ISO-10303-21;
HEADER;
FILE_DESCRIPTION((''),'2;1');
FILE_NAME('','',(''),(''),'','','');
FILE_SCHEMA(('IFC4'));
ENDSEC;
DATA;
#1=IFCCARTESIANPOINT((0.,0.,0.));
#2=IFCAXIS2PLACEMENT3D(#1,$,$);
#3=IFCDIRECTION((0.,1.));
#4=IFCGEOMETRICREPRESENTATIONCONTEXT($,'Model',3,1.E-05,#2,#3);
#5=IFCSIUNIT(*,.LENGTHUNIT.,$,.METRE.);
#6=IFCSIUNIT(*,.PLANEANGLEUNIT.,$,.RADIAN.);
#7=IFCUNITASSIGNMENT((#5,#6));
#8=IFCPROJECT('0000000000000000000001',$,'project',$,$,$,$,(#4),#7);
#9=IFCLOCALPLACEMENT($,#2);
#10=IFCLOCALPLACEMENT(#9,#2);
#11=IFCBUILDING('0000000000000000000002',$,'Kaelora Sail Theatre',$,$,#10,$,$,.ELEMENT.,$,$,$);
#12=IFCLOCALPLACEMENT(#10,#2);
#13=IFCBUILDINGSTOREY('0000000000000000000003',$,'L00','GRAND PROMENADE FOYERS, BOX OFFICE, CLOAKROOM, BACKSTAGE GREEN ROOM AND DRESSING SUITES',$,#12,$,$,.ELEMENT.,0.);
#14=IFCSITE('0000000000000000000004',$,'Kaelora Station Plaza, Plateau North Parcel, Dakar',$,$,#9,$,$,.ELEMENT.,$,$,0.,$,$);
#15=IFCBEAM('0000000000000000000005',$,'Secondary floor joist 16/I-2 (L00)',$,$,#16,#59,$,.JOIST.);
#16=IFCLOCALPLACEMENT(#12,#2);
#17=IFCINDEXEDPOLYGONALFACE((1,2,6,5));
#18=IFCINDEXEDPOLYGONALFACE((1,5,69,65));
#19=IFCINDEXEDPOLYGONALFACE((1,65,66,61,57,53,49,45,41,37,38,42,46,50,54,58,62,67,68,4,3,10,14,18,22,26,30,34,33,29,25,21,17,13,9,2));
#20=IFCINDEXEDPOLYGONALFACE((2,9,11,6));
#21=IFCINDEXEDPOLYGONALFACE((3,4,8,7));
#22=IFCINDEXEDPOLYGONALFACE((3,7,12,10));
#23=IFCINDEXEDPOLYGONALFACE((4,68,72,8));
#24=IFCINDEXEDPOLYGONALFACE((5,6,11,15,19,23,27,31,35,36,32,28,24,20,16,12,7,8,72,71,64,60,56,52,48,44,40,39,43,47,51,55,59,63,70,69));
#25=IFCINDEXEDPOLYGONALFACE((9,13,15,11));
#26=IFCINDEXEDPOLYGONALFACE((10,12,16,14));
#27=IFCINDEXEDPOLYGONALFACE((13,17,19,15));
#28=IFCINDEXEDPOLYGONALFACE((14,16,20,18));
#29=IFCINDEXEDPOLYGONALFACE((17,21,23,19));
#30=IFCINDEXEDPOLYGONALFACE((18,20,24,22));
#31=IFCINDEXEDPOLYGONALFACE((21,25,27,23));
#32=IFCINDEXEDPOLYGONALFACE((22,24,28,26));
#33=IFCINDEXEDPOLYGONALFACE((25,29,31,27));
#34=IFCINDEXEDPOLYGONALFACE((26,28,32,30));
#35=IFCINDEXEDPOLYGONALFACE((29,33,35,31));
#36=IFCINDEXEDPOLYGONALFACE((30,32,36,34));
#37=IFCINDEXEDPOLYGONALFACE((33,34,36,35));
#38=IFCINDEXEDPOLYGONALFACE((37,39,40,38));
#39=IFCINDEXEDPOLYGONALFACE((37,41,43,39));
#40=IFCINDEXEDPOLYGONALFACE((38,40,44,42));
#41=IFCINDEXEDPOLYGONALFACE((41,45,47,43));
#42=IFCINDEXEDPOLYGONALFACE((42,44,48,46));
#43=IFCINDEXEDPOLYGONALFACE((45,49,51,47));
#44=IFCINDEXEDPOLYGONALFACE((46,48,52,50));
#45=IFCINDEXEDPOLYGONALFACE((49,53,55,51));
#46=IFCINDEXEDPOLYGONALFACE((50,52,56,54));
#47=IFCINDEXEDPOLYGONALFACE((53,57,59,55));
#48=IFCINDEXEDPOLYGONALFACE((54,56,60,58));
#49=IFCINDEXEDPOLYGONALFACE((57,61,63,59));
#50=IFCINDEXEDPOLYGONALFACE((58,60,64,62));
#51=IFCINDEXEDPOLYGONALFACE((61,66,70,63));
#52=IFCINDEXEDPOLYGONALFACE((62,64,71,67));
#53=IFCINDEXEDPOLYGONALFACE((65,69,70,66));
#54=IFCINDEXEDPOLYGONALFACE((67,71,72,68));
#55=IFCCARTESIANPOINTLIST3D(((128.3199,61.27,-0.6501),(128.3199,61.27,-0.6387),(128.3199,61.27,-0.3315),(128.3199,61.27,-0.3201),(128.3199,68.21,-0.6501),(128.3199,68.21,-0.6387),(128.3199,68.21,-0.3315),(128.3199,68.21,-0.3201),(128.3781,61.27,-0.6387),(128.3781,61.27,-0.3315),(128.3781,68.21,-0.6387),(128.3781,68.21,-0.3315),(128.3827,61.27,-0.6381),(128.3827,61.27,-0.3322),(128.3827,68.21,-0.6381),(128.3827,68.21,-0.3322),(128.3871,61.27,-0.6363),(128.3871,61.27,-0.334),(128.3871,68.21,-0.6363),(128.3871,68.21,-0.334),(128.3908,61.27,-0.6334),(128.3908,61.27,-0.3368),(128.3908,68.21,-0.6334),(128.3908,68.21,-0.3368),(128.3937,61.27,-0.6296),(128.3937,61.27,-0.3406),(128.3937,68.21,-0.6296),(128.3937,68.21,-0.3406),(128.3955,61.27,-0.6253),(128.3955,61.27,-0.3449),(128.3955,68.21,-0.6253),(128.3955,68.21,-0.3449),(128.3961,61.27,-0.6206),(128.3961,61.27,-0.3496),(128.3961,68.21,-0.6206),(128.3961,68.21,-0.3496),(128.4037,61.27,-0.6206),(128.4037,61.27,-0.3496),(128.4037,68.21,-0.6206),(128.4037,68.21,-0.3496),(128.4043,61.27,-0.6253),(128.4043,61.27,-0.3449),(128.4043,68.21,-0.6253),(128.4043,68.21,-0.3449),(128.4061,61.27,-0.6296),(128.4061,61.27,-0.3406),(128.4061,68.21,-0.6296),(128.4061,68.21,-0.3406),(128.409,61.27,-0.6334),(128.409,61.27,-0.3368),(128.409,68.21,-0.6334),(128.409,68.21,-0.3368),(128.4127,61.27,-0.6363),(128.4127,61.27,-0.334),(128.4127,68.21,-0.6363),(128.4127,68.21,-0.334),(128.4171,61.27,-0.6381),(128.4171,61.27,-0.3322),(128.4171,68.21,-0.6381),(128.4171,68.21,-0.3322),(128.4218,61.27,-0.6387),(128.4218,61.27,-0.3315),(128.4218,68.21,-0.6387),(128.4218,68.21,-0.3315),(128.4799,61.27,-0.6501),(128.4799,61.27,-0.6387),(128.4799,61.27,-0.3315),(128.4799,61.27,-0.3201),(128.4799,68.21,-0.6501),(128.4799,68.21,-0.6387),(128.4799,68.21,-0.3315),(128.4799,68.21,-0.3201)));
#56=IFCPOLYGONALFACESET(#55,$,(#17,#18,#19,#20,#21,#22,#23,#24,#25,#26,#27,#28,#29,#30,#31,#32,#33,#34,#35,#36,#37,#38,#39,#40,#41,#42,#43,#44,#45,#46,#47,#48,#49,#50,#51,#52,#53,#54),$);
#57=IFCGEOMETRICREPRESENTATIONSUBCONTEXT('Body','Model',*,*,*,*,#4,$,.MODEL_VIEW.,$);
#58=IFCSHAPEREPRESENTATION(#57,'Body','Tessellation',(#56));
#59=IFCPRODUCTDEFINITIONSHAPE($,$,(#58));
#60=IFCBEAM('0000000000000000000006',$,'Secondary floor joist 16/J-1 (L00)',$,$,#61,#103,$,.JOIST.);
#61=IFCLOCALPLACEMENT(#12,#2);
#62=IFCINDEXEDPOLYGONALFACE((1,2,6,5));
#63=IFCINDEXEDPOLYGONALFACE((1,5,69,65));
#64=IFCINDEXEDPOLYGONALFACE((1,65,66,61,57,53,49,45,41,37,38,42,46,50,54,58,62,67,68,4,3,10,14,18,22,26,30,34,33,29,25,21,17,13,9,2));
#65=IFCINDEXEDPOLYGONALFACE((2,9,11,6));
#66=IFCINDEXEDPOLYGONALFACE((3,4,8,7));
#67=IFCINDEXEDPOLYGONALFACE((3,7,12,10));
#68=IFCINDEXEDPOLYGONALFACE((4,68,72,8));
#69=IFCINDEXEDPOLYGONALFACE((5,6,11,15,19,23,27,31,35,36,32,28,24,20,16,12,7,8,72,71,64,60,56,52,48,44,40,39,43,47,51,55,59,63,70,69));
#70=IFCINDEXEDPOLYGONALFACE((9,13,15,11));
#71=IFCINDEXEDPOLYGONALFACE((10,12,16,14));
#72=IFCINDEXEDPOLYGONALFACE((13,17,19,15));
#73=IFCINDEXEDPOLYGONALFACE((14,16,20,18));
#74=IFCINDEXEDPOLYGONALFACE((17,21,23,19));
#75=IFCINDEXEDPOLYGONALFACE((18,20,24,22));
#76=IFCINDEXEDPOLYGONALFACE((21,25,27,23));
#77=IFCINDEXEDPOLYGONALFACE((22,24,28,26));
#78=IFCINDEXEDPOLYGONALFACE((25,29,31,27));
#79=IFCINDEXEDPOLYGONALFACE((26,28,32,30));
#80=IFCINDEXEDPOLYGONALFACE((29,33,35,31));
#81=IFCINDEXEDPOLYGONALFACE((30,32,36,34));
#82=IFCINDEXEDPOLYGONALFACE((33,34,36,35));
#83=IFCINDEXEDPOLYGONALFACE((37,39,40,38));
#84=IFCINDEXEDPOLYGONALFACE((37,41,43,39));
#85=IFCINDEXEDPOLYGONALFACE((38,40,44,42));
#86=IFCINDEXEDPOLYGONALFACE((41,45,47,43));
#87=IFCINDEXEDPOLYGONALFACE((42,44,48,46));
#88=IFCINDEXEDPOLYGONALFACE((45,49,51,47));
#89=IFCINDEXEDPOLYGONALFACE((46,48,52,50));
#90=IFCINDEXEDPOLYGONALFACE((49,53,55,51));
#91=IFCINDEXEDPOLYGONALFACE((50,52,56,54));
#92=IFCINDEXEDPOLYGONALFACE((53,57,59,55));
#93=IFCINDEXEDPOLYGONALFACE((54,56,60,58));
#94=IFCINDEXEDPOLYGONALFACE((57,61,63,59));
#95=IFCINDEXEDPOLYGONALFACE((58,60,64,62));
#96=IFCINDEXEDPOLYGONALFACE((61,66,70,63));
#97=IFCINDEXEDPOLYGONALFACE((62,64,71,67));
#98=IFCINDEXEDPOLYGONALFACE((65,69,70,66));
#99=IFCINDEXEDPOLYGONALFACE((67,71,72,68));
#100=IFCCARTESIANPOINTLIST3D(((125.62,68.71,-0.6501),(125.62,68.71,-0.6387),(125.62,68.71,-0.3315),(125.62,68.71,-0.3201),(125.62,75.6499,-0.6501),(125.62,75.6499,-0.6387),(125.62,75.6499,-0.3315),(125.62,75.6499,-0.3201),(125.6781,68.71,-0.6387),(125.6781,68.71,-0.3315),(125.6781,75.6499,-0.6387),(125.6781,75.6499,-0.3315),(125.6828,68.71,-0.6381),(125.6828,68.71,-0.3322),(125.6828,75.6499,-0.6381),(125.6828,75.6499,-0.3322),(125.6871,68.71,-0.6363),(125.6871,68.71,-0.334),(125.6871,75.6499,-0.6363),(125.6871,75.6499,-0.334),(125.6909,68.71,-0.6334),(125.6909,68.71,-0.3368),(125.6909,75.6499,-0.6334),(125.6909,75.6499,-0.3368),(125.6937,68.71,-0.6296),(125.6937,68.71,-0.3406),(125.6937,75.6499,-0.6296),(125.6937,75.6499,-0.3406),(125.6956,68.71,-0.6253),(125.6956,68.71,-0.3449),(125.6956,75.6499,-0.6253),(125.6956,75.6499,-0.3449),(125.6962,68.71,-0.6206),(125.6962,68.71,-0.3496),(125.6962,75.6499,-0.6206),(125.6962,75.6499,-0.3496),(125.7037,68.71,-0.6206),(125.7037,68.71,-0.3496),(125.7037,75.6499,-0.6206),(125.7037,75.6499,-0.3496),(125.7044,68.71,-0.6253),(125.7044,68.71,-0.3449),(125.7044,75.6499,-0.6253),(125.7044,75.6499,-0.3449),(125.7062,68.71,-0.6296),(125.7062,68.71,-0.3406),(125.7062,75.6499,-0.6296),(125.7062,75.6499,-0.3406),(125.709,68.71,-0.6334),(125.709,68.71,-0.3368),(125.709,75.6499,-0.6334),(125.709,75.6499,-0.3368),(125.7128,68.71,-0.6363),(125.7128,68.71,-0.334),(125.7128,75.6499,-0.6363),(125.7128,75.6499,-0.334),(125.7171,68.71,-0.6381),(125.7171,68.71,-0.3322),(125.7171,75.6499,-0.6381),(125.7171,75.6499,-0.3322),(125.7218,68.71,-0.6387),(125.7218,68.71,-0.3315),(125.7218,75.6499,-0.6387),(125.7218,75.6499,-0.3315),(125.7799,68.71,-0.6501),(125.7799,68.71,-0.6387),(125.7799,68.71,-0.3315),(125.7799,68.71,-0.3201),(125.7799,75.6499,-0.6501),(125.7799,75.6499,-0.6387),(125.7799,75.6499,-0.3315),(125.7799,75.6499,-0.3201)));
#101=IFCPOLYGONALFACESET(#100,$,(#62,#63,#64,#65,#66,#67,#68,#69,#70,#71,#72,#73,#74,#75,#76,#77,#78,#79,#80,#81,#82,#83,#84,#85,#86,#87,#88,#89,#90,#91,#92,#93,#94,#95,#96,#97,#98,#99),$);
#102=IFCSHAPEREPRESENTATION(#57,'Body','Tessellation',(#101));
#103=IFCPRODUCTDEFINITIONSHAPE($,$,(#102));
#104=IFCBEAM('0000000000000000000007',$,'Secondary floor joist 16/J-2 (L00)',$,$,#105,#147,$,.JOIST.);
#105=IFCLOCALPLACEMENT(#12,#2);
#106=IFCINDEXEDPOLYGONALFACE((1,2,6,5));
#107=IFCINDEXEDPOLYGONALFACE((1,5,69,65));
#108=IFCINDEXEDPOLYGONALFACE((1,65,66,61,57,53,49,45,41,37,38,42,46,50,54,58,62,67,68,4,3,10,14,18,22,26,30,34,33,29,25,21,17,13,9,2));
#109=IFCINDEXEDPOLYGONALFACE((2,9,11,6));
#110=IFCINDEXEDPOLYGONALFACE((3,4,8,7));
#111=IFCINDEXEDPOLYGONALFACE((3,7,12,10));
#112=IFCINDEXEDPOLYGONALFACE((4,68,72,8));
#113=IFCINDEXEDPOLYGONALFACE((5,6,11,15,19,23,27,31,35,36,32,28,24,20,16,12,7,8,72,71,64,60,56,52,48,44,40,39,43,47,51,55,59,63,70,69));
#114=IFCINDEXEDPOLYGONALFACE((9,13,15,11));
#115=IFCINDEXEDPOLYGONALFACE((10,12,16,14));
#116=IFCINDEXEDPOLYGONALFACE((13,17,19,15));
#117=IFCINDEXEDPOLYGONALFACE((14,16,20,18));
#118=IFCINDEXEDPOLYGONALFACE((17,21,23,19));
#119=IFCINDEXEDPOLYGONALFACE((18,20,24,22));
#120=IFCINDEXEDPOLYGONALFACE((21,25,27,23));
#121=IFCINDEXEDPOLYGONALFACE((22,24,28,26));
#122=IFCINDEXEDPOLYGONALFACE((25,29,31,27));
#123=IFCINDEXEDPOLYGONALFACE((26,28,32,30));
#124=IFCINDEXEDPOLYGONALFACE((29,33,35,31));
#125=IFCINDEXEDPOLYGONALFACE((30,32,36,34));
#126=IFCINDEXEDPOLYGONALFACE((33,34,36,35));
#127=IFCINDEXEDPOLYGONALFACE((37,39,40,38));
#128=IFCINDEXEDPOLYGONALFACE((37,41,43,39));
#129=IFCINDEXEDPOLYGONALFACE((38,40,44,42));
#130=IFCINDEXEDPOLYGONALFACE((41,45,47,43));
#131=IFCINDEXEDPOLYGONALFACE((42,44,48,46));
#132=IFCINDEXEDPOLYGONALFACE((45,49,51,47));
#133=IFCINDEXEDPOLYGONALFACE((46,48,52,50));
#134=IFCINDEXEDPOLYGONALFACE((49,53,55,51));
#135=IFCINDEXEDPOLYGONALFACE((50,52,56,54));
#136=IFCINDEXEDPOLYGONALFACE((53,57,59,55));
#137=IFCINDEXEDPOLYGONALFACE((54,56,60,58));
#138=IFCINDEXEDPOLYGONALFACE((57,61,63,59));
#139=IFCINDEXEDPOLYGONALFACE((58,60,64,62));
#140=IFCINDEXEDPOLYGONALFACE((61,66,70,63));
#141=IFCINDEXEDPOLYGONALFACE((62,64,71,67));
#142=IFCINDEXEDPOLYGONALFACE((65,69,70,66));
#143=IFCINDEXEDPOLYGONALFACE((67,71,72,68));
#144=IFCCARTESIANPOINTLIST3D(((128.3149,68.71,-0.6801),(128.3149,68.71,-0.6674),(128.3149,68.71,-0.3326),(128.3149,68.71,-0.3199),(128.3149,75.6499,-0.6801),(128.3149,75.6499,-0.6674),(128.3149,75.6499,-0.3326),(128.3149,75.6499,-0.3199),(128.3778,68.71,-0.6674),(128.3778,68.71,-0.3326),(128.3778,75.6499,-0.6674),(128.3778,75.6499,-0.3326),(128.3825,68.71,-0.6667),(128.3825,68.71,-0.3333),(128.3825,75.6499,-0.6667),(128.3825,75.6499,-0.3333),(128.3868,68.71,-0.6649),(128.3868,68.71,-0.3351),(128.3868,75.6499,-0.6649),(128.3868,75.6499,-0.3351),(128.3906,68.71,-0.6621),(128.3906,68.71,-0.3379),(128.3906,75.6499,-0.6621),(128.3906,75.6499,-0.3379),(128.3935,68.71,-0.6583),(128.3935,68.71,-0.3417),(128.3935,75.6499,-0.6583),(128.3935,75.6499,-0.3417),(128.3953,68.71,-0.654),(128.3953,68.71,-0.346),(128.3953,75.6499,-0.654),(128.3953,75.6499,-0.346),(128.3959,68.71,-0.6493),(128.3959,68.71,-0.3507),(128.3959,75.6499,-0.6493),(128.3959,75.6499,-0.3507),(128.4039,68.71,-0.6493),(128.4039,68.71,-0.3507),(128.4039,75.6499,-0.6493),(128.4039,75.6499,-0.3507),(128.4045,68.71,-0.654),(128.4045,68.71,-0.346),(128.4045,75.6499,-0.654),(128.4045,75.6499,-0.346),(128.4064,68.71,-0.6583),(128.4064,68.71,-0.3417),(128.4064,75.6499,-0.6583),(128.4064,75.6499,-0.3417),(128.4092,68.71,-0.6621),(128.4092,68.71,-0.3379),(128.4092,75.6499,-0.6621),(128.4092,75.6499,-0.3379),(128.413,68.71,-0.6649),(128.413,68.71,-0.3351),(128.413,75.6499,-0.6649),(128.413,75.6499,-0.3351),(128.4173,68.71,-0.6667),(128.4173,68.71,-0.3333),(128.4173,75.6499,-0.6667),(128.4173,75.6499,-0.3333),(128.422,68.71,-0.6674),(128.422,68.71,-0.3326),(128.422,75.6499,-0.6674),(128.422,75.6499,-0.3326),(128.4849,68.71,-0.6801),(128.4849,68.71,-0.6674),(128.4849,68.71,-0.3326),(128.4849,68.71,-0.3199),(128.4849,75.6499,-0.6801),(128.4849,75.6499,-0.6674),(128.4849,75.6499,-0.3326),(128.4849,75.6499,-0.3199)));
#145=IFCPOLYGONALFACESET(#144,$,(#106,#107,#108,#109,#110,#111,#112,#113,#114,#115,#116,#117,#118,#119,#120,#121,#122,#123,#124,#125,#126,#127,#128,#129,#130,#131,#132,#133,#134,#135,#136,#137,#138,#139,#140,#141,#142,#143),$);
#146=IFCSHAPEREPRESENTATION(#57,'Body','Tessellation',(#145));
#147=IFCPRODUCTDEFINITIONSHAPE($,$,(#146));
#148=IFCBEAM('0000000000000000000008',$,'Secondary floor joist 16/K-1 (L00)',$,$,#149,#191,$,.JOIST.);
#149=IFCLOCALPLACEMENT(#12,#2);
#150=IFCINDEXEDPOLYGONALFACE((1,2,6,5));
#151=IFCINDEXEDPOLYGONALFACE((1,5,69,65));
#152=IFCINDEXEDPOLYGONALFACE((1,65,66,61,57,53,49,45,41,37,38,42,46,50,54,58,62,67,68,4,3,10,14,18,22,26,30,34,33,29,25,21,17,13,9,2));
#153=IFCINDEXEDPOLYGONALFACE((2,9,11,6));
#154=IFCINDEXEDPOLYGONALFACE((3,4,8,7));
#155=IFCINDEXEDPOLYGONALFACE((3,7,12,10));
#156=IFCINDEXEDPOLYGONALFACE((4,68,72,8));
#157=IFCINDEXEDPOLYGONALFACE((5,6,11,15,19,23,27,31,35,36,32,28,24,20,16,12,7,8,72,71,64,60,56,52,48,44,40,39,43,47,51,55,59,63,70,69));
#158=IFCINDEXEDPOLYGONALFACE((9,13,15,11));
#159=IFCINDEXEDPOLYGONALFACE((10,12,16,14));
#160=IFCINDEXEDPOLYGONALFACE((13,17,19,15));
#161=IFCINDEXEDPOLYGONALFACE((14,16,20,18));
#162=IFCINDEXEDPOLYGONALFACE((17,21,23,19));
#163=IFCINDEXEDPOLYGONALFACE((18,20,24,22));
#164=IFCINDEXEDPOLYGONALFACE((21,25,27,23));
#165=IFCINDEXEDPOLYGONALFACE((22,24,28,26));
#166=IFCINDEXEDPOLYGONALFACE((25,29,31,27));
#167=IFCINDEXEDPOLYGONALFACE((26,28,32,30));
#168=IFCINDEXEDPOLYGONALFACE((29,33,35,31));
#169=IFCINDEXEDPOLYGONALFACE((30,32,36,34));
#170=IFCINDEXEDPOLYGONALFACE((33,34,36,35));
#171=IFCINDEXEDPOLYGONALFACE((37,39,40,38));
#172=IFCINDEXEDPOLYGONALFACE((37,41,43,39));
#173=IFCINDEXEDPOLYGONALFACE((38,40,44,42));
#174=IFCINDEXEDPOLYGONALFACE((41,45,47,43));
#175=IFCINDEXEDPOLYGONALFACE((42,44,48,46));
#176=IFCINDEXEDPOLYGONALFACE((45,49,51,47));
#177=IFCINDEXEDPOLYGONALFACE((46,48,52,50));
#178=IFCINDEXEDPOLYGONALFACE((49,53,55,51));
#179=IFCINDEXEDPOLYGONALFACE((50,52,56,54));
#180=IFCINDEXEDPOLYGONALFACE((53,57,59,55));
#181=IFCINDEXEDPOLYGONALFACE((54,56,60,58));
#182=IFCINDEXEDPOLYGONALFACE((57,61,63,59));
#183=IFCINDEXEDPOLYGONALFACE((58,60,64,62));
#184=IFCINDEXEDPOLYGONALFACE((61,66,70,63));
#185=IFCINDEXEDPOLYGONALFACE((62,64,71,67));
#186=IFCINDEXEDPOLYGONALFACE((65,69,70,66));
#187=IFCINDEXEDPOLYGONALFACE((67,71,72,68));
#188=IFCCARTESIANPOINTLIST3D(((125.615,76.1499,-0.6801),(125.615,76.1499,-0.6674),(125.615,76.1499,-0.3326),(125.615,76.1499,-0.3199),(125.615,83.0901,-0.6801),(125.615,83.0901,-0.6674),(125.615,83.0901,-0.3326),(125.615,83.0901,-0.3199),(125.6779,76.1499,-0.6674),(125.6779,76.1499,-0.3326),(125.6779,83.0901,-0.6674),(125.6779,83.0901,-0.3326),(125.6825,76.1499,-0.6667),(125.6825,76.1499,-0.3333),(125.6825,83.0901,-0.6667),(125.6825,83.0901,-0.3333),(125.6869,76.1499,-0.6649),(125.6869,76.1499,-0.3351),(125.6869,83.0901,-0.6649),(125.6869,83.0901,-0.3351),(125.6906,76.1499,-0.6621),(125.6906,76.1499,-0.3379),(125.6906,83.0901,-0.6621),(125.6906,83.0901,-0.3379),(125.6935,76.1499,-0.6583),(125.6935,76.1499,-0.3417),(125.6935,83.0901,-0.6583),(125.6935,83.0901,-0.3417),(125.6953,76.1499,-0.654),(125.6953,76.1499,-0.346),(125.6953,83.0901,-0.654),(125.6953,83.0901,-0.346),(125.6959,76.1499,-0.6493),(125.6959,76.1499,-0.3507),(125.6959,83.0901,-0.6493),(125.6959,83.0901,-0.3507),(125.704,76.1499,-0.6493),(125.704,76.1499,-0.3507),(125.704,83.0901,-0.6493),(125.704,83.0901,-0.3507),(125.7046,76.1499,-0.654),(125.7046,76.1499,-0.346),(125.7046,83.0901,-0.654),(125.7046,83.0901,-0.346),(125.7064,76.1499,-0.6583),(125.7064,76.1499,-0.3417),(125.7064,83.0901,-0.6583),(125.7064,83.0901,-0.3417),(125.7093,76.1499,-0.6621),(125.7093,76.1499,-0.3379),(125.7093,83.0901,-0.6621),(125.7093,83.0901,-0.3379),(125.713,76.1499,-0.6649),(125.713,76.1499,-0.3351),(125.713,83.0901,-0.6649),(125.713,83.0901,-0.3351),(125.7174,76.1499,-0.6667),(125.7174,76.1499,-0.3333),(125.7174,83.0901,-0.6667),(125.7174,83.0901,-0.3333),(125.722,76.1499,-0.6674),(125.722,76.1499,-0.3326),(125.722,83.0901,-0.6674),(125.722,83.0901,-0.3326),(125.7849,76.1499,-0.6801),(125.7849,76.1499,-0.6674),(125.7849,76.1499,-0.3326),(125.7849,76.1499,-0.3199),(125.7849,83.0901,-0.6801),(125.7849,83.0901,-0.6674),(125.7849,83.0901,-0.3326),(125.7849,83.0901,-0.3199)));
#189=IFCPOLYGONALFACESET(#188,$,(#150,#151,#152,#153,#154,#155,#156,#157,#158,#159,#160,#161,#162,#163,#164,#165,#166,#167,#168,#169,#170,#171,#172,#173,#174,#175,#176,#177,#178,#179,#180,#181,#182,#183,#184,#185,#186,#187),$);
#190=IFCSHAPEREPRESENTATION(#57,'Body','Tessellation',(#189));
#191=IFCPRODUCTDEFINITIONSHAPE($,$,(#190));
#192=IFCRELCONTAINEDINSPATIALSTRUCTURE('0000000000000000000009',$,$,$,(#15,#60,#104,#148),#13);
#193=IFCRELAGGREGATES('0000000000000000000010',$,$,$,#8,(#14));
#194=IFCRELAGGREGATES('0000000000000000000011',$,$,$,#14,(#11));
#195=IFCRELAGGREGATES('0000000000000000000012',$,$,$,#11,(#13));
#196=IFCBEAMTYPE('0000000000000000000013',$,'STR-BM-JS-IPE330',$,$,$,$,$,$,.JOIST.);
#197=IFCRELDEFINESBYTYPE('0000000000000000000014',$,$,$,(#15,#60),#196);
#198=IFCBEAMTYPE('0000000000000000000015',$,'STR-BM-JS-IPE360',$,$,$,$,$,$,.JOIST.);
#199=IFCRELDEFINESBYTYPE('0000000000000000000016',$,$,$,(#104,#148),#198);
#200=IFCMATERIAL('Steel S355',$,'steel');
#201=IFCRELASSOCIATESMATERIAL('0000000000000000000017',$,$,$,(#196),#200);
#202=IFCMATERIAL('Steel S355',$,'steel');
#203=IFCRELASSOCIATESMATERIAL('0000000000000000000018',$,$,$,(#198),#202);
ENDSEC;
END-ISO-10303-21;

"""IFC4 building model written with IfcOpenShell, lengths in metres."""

from ifc_helpers import new_model, si_unit, direction, frame, origin, origin_2d, place, context, subcontext, project, spatial, i_section, extrude, material, material_profile, profile_set, type_object, element, save


model = new_model("IFC4")

# Units and contexts
model_context = context("Model", 3, precision=1e-05, world=origin(), true_north=direction((0.0, 1.0)))
body_context = subcontext(model_context, "Body", "Model", "MODEL_VIEW")
ifc_project = project(units=[si_unit("LENGTHUNIT", "METRE"), si_unit("PLANEANGLEUNIT", "RADIAN")], contexts=[model_context])

# Site, building, storey
site_placement = place(None, origin())
site = spatial("IfcSite", under=ifc_project, at=site_placement, Name="Kaelora Station Plaza, Plateau North Parcel, Dakar", CompositionType="ELEMENT", RefElevation=0.0)
building_placement = place(site_placement, origin())
building = spatial("IfcBuilding", under=site, at=building_placement, Name="Kaelora Sail Theatre", CompositionType="ELEMENT")
storey_placement = place(building_placement, origin())
storey = spatial("IfcBuildingStorey", under=building, at=storey_placement, Name="L00", Description="GRAND PROMENADE FOYERS, BOX OFFICE, CLOAKROOM, BACKSTAGE GREEN ROOM AND DRESSING SUITES", CompositionType="ELEMENT", Elevation=0.0)

# Beams
ifc_material_1 = material(Name="Steel S355", Category="steel")
ifc_material_profile_1 = material_profile(ifc_material_1, i_section(OverallWidth=0.1599, OverallDepth=0.3301, WebThickness=0.0076, FlangeThickness=0.0115, FilletRadius=0.0181, at=origin_2d()), Name="IPE 330")
ifc_profile_set_1 = profile_set([ifc_material_profile_1], Name="Steel S355")
beam_type_1 = type_object("IfcBeamType", Name="STR-BM-JS-IPE330", PredefinedType="JOIST", material=ifc_profile_set_1)
for number, where, z_axis, x_axis, name in (
    (1, (128.3999, 61.27, -0.4851), (0.0, 1.0, 0.0), (-1.0, 0.0, 0.0), "Secondary floor joist 16/I-2 (L00)"),
    (2, (125.7, 68.71, -0.4851), (0.0, 1.0, 0.0), (-1.0, 0.0, 0.0), "Secondary floor joist 16/J-1 (L00)"),
):
    element("IfcBeam", number, at=place(storey_placement, frame(where, z_axis=z_axis, x_axis=x_axis)), inside=storey, type_object=beam_type_1, Name=name, PredefinedType="JOIST", context=body_context, shape_type="SweptSolid", body=[
        extrude(i_section(OverallWidth=0.1599, OverallDepth=0.3301, WebThickness=0.0076, FlangeThickness=0.0115, FilletRadius=0.0181, at=origin_2d()), origin(), (0.0, 0.0, 1.0), 6.9399),
    ])
ifc_material_2 = material(Name="Steel S355", Category="steel")
ifc_material_profile_2 = material_profile(ifc_material_2, i_section(OverallWidth=0.1699, OverallDepth=0.3601, WebThickness=0.0081, FlangeThickness=0.0127, FilletRadius=0.0181, at=origin_2d()), Name="IPE 360")
ifc_profile_set_2 = profile_set([ifc_material_profile_2], Name="Steel S355")
beam_type_2 = type_object("IfcBeamType", Name="STR-BM-JS-IPE360", PredefinedType="JOIST", material=ifc_profile_set_2)
beam_1_placement = place(storey_placement, frame((128.3999, 68.71, -0.5), z_axis=(0.0, 1.0, 0.0), x_axis=(-1.0, 0.0, 0.0)))
element("IfcBeam", 3, at=beam_1_placement, inside=storey, type_object=beam_type_2, Name="Secondary floor joist 16/J-2 (L00)", PredefinedType="JOIST", context=body_context, shape_type="SweptSolid", body=[
    extrude(i_section(OverallWidth=0.1699, OverallDepth=0.3601, WebThickness=0.0081, FlangeThickness=0.0127, FilletRadius=0.0181, at=origin_2d()), origin(), (0.0, 0.0, 1.0), 6.9399),
])
beam_2_placement = place(storey_placement, frame((125.7, 76.1499, -0.5), z_axis=(0.0, 1.0, 0.0), x_axis=(-1.0, 0.0, 0.0)))
element("IfcBeam", 4, at=beam_2_placement, inside=storey, type_object=beam_type_2, Name="Secondary floor joist 16/K-1 (L00)", PredefinedType="JOIST", context=body_context, shape_type="SweptSolid", body=[
    extrude(i_section(OverallWidth=0.1699, OverallDepth=0.3601, WebThickness=0.0081, FlangeThickness=0.0127, FilletRadius=0.0181, at=origin_2d()), origin(), (0.0, 0.0, 1.0), 6.9402),
])

save(model, "model.ifc")
